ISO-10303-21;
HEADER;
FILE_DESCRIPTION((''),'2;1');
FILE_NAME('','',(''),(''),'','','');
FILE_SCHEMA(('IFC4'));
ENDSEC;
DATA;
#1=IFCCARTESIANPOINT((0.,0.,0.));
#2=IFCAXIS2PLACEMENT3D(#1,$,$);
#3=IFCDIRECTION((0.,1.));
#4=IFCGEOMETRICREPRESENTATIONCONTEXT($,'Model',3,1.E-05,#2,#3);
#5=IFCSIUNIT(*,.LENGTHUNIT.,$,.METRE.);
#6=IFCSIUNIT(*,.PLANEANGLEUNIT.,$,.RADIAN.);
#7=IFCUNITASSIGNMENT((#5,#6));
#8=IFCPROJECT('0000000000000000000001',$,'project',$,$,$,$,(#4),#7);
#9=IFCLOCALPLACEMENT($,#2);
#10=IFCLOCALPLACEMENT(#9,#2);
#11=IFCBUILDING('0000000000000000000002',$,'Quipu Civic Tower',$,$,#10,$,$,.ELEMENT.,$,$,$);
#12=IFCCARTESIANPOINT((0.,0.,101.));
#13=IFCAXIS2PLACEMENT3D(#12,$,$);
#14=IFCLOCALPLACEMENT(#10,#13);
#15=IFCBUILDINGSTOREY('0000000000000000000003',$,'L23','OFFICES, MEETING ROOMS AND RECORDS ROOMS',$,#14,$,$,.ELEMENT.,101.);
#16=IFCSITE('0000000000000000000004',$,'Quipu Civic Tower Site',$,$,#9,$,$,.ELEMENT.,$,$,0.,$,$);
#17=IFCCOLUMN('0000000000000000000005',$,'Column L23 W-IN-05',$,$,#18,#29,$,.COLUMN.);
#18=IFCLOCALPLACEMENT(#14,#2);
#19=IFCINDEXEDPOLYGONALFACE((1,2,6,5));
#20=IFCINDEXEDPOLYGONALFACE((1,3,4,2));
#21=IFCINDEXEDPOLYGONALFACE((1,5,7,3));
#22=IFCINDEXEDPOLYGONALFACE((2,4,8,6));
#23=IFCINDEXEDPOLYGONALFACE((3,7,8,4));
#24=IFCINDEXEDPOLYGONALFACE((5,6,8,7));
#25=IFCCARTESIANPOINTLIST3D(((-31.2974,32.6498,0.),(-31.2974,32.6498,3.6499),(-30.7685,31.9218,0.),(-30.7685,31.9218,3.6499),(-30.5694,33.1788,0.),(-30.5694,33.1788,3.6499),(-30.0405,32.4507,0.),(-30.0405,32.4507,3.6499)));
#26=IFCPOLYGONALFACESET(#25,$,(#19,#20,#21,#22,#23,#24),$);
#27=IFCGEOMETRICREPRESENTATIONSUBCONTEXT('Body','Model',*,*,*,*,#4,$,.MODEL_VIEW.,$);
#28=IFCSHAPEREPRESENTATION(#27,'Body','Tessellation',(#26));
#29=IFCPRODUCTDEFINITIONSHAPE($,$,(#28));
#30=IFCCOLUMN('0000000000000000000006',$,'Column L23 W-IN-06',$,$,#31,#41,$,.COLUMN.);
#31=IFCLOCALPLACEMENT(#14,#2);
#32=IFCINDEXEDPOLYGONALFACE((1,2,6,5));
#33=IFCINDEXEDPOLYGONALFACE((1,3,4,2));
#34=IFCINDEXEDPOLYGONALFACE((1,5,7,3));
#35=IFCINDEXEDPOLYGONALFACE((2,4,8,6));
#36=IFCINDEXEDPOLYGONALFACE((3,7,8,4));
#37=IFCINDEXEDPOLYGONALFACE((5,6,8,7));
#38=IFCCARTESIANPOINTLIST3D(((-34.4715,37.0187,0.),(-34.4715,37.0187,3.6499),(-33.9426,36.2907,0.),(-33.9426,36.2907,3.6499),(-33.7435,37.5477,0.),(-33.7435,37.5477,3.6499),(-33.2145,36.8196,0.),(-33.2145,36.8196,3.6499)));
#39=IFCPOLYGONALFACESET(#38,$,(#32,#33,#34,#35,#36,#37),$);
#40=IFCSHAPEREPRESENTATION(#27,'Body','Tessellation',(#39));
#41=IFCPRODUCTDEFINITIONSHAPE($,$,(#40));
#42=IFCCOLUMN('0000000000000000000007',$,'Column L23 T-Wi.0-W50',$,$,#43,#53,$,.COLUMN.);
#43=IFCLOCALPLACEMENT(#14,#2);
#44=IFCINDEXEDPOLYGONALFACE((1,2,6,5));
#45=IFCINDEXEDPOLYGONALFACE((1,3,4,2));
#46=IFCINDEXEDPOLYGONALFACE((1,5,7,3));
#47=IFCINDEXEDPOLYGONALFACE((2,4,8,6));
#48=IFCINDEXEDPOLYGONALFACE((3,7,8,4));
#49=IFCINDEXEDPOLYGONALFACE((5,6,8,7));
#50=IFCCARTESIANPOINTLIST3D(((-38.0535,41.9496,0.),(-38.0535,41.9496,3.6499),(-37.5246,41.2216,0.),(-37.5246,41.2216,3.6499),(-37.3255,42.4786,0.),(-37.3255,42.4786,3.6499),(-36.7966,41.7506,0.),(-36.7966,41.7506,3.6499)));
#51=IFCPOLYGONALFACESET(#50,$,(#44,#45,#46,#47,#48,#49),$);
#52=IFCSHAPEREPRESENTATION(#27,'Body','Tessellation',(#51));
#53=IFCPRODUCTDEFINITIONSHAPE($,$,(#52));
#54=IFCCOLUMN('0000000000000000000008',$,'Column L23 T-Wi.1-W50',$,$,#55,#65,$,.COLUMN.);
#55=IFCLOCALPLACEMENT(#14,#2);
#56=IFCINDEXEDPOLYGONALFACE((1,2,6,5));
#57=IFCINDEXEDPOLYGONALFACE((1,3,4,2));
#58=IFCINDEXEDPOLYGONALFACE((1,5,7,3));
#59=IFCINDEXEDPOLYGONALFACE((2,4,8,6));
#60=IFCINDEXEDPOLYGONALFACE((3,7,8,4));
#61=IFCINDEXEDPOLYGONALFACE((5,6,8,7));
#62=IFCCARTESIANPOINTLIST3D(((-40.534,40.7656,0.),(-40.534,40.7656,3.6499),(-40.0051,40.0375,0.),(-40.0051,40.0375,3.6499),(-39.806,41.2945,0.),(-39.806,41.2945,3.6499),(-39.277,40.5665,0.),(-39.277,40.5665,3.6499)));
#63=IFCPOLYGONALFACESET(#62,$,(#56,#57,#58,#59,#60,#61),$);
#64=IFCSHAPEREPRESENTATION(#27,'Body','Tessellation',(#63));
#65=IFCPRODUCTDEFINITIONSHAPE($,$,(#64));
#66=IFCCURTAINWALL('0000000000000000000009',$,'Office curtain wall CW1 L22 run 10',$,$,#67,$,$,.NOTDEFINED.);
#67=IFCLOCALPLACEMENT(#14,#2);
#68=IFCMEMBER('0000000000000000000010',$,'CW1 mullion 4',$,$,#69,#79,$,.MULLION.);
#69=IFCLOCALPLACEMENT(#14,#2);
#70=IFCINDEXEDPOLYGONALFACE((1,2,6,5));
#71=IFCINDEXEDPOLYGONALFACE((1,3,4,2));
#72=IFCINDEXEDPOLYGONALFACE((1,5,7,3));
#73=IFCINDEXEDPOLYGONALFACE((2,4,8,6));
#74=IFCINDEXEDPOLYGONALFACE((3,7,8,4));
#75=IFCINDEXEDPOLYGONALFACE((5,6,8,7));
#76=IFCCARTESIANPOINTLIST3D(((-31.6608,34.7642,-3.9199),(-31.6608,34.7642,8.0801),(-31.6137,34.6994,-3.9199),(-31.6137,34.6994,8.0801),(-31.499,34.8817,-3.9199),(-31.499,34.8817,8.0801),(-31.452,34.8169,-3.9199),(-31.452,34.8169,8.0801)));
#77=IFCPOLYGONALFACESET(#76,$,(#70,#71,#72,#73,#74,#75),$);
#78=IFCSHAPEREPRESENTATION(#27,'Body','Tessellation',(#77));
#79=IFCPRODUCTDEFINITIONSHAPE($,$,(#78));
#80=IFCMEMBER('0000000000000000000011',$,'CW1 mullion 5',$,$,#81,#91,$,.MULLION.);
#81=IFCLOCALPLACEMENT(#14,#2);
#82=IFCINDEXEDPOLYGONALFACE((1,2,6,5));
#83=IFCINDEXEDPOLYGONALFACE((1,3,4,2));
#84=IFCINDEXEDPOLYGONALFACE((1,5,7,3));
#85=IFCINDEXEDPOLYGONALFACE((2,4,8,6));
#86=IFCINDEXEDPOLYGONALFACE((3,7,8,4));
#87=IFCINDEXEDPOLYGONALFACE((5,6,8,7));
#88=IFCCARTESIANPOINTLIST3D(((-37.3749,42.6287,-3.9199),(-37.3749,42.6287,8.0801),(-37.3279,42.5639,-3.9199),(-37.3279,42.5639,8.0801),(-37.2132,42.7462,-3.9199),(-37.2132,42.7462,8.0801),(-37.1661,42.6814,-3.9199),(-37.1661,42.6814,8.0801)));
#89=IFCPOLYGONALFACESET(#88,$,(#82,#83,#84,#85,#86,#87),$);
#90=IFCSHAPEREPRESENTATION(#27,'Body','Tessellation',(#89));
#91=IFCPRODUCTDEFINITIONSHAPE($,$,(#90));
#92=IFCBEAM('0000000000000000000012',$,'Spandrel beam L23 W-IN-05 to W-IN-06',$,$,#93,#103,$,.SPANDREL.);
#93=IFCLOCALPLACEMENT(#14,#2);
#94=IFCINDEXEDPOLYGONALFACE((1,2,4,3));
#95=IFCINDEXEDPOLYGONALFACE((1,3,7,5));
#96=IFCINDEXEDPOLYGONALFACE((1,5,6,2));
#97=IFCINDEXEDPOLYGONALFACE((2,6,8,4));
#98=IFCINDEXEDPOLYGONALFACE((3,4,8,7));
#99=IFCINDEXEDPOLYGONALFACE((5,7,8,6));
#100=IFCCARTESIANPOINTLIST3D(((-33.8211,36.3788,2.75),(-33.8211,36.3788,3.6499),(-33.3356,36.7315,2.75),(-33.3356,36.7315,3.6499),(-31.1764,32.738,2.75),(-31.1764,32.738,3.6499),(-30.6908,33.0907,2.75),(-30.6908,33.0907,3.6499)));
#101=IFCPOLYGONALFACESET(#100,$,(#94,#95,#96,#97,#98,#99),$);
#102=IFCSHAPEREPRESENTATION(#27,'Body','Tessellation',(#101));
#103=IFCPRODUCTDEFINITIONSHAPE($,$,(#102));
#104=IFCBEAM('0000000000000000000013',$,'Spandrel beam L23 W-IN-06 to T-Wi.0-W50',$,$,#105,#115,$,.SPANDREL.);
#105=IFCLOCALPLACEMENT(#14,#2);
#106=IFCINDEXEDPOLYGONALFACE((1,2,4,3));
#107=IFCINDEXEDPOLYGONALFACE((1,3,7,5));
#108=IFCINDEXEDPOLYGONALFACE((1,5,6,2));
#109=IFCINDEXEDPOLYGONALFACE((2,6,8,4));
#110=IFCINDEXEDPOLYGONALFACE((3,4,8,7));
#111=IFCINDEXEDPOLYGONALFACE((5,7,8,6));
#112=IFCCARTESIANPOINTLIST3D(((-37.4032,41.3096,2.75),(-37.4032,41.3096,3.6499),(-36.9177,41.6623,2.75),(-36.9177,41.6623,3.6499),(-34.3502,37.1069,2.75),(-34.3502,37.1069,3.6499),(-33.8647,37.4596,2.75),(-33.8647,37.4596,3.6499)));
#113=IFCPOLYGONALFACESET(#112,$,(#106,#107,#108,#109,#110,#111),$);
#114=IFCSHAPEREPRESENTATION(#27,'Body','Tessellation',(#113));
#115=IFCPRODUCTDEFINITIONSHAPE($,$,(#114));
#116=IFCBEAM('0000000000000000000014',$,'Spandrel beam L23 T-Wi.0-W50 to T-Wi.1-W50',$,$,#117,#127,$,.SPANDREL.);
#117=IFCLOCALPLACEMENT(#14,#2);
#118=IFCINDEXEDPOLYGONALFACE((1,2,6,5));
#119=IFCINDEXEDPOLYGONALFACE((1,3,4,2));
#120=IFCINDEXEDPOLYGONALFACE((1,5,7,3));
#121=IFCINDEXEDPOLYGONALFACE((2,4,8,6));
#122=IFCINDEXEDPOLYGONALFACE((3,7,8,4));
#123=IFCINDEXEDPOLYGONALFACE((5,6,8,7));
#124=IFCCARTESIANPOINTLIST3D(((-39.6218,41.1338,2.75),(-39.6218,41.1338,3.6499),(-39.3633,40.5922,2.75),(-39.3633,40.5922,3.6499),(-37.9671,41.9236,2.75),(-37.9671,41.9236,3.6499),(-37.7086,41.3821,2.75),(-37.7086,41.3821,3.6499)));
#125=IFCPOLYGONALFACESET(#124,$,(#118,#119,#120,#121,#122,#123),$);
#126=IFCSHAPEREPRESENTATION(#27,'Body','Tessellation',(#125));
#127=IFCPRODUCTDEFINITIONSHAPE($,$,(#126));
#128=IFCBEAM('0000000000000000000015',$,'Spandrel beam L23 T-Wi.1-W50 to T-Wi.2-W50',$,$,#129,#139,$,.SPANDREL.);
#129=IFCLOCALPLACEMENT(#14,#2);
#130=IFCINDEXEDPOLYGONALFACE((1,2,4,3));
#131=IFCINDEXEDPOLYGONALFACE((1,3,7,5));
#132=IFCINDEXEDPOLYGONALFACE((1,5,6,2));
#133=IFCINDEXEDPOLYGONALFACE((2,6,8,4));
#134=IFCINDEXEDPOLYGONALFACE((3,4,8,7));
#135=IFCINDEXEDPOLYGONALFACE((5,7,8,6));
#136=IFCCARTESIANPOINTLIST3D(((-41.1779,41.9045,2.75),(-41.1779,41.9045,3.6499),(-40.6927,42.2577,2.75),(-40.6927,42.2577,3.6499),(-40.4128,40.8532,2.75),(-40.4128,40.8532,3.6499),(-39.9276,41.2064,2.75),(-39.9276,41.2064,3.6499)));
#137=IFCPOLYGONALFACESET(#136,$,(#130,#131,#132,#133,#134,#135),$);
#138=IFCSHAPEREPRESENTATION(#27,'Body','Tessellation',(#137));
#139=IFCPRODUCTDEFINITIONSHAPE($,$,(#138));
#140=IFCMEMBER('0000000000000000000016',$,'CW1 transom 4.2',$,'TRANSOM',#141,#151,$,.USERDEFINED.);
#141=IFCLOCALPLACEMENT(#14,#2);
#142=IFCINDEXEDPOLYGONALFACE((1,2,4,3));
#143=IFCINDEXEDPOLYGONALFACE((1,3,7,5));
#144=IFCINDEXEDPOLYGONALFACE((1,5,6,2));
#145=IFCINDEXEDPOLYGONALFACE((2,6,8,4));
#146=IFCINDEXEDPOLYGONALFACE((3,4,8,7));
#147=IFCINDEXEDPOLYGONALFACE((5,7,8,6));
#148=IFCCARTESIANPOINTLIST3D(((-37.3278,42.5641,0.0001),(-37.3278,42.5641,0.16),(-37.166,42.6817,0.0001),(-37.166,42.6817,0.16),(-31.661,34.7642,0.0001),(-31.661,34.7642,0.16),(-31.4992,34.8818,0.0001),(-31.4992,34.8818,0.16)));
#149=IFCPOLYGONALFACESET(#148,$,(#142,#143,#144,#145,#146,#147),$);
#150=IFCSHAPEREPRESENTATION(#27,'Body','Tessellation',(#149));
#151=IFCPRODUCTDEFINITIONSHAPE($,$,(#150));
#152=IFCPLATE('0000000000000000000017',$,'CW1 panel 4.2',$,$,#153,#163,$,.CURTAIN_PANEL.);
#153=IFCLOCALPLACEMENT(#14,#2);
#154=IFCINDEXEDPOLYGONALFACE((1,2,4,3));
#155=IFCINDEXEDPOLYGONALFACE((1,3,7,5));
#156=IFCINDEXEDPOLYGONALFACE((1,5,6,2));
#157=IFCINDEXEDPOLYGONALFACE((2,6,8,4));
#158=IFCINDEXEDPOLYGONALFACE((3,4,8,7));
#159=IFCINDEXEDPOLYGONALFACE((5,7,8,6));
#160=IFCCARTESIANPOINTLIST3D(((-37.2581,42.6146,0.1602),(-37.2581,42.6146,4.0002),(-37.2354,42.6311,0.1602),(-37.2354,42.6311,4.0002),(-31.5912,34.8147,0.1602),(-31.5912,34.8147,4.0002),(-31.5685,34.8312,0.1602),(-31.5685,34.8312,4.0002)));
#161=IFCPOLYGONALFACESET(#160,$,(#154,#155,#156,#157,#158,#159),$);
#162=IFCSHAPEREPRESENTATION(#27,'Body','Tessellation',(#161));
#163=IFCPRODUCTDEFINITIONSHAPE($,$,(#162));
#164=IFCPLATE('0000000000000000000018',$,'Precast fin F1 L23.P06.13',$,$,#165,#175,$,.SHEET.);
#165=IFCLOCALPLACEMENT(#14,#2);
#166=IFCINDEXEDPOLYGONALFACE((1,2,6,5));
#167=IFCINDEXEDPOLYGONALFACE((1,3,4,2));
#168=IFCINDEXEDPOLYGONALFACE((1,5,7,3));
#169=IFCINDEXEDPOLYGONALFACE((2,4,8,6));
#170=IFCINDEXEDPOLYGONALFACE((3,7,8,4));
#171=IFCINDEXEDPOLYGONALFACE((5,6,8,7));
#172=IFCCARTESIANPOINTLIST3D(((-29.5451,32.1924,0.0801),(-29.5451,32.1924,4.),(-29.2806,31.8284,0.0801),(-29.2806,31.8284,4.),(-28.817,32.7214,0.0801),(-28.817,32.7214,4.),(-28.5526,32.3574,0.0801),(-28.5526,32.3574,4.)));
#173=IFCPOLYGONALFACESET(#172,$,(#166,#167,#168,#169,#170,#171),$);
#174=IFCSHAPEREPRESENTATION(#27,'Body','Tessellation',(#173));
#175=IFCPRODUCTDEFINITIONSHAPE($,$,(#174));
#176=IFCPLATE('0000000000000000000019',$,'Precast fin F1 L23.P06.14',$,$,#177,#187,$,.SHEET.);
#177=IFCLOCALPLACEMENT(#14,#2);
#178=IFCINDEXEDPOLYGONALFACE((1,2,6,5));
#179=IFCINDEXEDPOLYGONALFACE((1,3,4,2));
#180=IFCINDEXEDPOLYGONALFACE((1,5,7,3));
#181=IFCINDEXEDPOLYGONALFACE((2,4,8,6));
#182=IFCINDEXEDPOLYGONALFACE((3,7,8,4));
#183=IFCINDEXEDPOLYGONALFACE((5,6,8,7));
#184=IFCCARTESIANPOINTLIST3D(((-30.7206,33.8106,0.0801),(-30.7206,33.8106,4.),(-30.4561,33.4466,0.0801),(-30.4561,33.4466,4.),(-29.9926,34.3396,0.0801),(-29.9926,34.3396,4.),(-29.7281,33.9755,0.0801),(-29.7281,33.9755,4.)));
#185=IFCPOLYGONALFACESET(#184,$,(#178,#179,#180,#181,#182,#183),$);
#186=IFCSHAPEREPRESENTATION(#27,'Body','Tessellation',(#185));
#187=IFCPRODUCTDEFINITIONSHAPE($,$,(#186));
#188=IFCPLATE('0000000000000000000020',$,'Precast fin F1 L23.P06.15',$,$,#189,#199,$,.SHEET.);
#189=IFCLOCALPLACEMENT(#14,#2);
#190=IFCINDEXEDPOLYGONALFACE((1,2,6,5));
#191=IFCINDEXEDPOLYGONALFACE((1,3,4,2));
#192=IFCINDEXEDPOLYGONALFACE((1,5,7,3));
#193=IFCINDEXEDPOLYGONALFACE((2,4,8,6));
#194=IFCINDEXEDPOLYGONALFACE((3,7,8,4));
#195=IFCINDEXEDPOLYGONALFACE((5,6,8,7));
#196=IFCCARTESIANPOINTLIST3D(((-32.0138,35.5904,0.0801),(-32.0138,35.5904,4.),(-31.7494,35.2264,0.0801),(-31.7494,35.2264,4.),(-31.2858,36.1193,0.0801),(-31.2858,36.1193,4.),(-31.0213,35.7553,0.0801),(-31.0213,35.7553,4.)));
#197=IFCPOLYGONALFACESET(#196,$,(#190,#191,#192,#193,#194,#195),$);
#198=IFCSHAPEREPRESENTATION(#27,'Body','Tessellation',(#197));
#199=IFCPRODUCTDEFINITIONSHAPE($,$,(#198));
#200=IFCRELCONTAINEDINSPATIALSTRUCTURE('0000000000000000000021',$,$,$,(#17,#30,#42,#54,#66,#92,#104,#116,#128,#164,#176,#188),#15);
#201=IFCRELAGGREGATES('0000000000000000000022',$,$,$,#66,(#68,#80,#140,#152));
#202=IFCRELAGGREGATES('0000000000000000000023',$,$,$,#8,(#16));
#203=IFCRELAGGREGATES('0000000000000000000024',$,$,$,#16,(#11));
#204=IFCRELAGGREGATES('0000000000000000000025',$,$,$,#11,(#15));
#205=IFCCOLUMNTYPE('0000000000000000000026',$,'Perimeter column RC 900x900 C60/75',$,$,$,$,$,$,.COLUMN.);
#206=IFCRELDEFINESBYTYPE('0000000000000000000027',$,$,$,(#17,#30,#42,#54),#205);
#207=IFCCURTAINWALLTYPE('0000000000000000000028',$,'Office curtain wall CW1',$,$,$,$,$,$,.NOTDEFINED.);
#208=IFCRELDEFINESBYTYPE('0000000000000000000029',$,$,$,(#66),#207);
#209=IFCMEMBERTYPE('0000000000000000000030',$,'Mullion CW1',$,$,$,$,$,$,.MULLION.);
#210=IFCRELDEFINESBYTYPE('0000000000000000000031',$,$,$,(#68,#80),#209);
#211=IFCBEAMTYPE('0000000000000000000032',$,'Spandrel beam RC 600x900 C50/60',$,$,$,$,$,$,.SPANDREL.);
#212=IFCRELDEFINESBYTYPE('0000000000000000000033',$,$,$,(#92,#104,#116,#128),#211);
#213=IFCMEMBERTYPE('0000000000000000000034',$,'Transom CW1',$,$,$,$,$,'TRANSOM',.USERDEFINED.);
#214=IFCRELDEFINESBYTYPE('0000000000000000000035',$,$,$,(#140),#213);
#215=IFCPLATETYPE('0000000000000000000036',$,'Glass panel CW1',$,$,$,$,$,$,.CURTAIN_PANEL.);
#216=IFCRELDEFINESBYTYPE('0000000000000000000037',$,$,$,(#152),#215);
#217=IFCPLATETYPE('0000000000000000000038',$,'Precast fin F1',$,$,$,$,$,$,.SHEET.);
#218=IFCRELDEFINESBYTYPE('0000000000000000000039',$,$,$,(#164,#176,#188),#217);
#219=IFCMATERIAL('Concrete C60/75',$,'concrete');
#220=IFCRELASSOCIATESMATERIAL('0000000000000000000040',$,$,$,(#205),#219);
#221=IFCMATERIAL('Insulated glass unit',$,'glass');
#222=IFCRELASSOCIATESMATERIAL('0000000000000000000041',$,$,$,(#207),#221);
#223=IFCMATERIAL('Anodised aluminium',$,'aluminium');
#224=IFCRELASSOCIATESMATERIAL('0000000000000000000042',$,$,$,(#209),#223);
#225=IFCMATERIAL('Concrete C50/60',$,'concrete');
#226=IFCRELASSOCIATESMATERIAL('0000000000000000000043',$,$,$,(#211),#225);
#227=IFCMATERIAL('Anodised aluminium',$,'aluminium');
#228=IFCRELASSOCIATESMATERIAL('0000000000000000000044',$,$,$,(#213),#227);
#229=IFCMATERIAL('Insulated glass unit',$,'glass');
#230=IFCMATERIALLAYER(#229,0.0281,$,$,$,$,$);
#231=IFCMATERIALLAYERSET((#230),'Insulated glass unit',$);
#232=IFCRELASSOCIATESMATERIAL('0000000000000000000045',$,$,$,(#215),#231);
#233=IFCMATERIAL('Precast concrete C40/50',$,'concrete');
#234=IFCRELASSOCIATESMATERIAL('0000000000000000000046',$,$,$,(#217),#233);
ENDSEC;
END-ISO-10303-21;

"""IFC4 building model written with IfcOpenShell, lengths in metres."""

from ifc_helpers import new_model, si_unit, direction, frame, origin, origin_2d, place, context, subcontext, project, spatial, rectangle, extrude, material, layer, layer_set, material_profile, profile_set, type_object, element, aggregate, save


model = new_model("IFC4")

# Units and contexts
model_context = context("Model", 3, precision=1e-05, world=origin(), true_north=direction((0.0, 1.0)))
body_context = subcontext(model_context, "Body", "Model", "MODEL_VIEW")
ifc_project = project(units=[si_unit("LENGTHUNIT", "METRE"), si_unit("PLANEANGLEUNIT", "RADIAN")], contexts=[model_context])

# Site, building, storey
site_placement = place(None, origin())
site = spatial("IfcSite", under=ifc_project, at=site_placement, Name="Quipu Civic Tower Site", CompositionType="ELEMENT", RefElevation=0.0)
building_placement = place(site_placement, origin())
building = spatial("IfcBuilding", under=site, at=building_placement, Name="Quipu Civic Tower", CompositionType="ELEMENT")
storey_placement = place(building_placement, frame((0.0, 0.0, 101.0)))
storey = spatial("IfcBuildingStorey", under=building, at=storey_placement, Name="L23", Description="OFFICES, MEETING ROOMS AND RECORDS ROOMS", CompositionType="ELEMENT", Elevation=101.0)

# Columns
ifc_material_1 = material(Name="Concrete C60/75", Category="concrete")
ifc_material_profile_1 = material_profile(ifc_material_1, rectangle(XDim=0.8999, YDim=0.8999, at=origin_2d()), Name="RC900x900")
ifc_profile_set_1 = profile_set([ifc_material_profile_1], Name="Concrete C60/75")
column_type = type_object("IfcColumnType", Name="Perimeter column RC 900x900 C60/75", PredefinedType="COLUMN", material=ifc_profile_set_1)
for number, where, z_axis, x_axis, name in (
    (1, (-30.6689, 32.5503, 0.0), (0.0, 0.0, 1.0), (-0.587785, 0.809017, 0.0), "Column L23 W-IN-05"),
    (2, (-33.843, 36.9192, 0.0), (0.0, 0.0, 1.0), (-0.587785, 0.809017, 0.0), "Column L23 W-IN-06"),
    (3, (-37.425, 41.8501, 0.0), (0.0, 0.0, 1.0), (-0.587785, 0.809017, 0.0), "Column L23 T-Wi.0-W50"),
    (4, (-39.9055, 40.666, 0.0), (0.0, 0.0, 1.0), (-0.587785, 0.809017, 0.0), "Column L23 T-Wi.1-W50"),
):
    element("IfcColumn", number, at=place(storey_placement, frame(where, z_axis=z_axis, x_axis=x_axis)), inside=storey, type_object=column_type, Name=name, PredefinedType="COLUMN", context=body_context, shape_type="SweptSolid", body=[
        extrude(rectangle(XDim=0.8999, YDim=0.8999, at=origin_2d()), origin(), (0.0, 0.0, 1.0), 3.6499),
    ])

# Curtain wall, members
ifc_material_2 = material(Name="Insulated glass unit", Category="glass")
curtain_wall_type = type_object("IfcCurtainWallType", Name="Office curtain wall CW1", PredefinedType="NOTDEFINED", material=ifc_material_2)
curtain_wall_placement = place(storey_placement, origin())
curtain_wall = element("IfcCurtainWall", 5, at=curtain_wall_placement, inside=storey, type_object=curtain_wall_type, Name="Office curtain wall CW1 L22 run 10", PredefinedType="NOTDEFINED")
ifc_material_3 = material(Name="Anodised aluminium", Category="aluminium")
ifc_material_profile_2 = material_profile(ifc_material_3, rectangle(XDim=0.2, YDim=0.0801, at=origin_2d()), Name="RECT 200x80")
ifc_profile_set_2 = profile_set([ifc_material_profile_2], Name="Anodised aluminium")
member_type_1 = type_object("IfcMemberType", Name="Mullion CW1", PredefinedType="MULLION", material=ifc_profile_set_2)
member_1_placement = place(storey_placement, frame((-31.5564, 34.7905, -3.9199), z_axis=(0.0, 0.0, 1.0), x_axis=(-0.809017, -0.587786, 0.0)))
member_1 = element("IfcMember", 6, at=member_1_placement, type_object=member_type_1, Name="CW1 mullion 4", PredefinedType="MULLION", context=body_context, shape_type="SweptSolid", body=[
    extrude(rectangle(XDim=0.2, YDim=0.0801, at=origin_2d()), origin(), (0.0, 0.0, 1.0), 12.0),
])
member_2_placement = place(storey_placement, frame((-37.2705, 42.655, -3.9199), z_axis=(0.0, 0.0, 1.0), x_axis=(-0.809017, -0.587786, 0.0)))
member_2 = element("IfcMember", 7, at=member_2_placement, type_object=member_type_1, Name="CW1 mullion 5", PredefinedType="MULLION", context=body_context, shape_type="SweptSolid", body=[
    extrude(rectangle(XDim=0.2, YDim=0.0801, at=origin_2d()), origin(), (0.0, 0.0, 1.0), 12.0),
])

# Beams
ifc_material_4 = material(Name="Concrete C50/60", Category="concrete")
ifc_material_profile_3 = material_profile(ifc_material_4, rectangle(XDim=0.6001, YDim=0.8999, at=origin_2d()), Name="RC600x900")
ifc_profile_set_3 = profile_set([ifc_material_profile_3], Name="Concrete C50/60")
beam_type = type_object("IfcBeamType", Name="Spandrel beam RC 600x900 C50/60", PredefinedType="SPANDREL", material=ifc_profile_set_3)
beam_1_placement = place(storey_placement, frame((-30.9336, 32.9143, 3.2), z_axis=(-0.587717, 0.809067, 0.0), x_axis=(-0.809067, -0.587717, 0.0)))
element("IfcBeam", 8, at=beam_1_placement, inside=storey, type_object=beam_type, Name="Spandrel beam L23 W-IN-05 to W-IN-06", PredefinedType="SPANDREL", context=body_context, shape_type="SweptSolid", body=[
    extrude(rectangle(XDim=0.6001, YDim=0.8999, at=origin_2d()), origin(), (0.0, 0.0, 1.0), 4.5),
])
beam_2_placement = place(storey_placement, frame((-34.1074, 37.2832, 3.2), z_axis=(-0.587733, 0.809055, 0.0), x_axis=(-0.809055, -0.587733, 0.0)))
element("IfcBeam", 9, at=beam_2_placement, inside=storey, type_object=beam_type, Name="Spandrel beam L23 W-IN-06 to T-Wi.0-W50", PredefinedType="SPANDREL", context=body_context, shape_type="SweptSolid", body=[
    extrude(rectangle(XDim=0.6001, YDim=0.8999, at=origin_2d()), origin(), (0.0, 0.0, 1.0), 5.1946),
])
beam_3_placement = place(storey_placement, frame((-37.8379, 41.6528, 3.2), z_axis=(-0.902454, -0.430786, 0.0), x_axis=(0.430786, -0.902454, 0.0)))
element("IfcBeam", 10, at=beam_3_placement, inside=storey, type_object=beam_type, Name="Spandrel beam L23 T-Wi.0-W50 to T-Wi.1-W50", PredefinedType="SPANDREL", context=body_context, shape_type="SweptSolid", body=[
    extrude(rectangle(XDim=0.6001, YDim=0.8999, at=origin_2d()), origin(), (0.0, 0.0, 1.0), 1.8335),
])
beam_4_placement = place(storey_placement, frame((-40.1702, 41.0298, 3.2), z_axis=(-0.588462, 0.808525, 0.0), x_axis=(-0.808525, -0.588462, 0.0)))
element("IfcBeam", 11, at=beam_4_placement, inside=storey, type_object=beam_type, Name="Spandrel beam L23 T-Wi.1-W50 to T-Wi.2-W50", PredefinedType="SPANDREL", context=body_context, shape_type="SweptSolid", body=[
    extrude(rectangle(XDim=0.6001, YDim=0.8999, at=origin_2d()), origin(), (0.0, 0.0, 1.0), 1.3003),
])

# Member
ifc_material_5 = material(Name="Anodised aluminium", Category="aluminium")
ifc_material_profile_4 = material_profile(ifc_material_5, rectangle(XDim=0.2, YDim=0.1599, at=origin_2d()), Name="RECT 200x160")
ifc_profile_set_4 = profile_set([ifc_material_profile_4], Name="Anodised aluminium")
member_type_2 = type_object("IfcMemberType", Name="Transom CW1", ElementType="TRANSOM", PredefinedType="USERDEFINED", material=ifc_profile_set_4)
member_3_placement = place(storey_placement, frame((-31.5801, 34.823, 0.0801), z_axis=(-0.587776, 0.809024, 0.0), x_axis=(-0.809024, -0.587776, 0.0)))
member_3 = element("IfcMember", 12, at=member_3_placement, type_object=member_type_2, Name="CW1 transom 4.2", ObjectType="TRANSOM", PredefinedType="USERDEFINED", context=body_context, shape_type="SweptSolid", body=[
    extrude(rectangle(XDim=0.2, YDim=0.1599, at=origin_2d()), origin(), (0.0, 0.0, 1.0), 9.6411),
])

# Plate
ifc_material_6 = material(Name="Insulated glass unit", Category="glass")
ifc_layer_1 = layer(ifc_material_6, 0.0281)
ifc_layer_set_1 = layer_set([ifc_layer_1], Name="Insulated glass unit")
plate_type_1 = type_object("IfcPlateType", Name="Glass panel CW1", PredefinedType="CURTAIN_PANEL", material=ifc_layer_set_1)
plate_placement = place(storey_placement, frame((-34.4133, 38.7229, 0.1602), z_axis=(0.0, 0.0, 1.0), x_axis=(-0.587786, 0.809017, 0.0)))
plate = element("IfcPlate", 13, at=plate_placement, type_object=plate_type_1, Name="CW1 panel 4.2", PredefinedType="CURTAIN_PANEL", context=body_context, shape_type="SweptSolid", body=[
    extrude(rectangle(XDim=9.6411, YDim=0.0281, at=origin_2d()), origin(), (0.0, 0.0, 1.0), 3.8401),
])
aggregate(curtain_wall, [member_1, member_2, member_3, plate])

# Plates
ifc_material_7 = material(Name="Precast concrete C40/50", Category="concrete")
plate_type_2 = type_object("IfcPlateType", Name="Precast fin F1", PredefinedType="SHEET", material=ifc_material_7)
for number, where, z_axis, x_axis, name in (
    (14, (-29.0488, 32.2749, 0.0801), (0.0, 0.0, 1.0), (-0.587785, 0.809017, 0.0), "Precast fin F1 L23.P06.13"),
    (15, (-30.2244, 33.8931, 0.0801), (0.0, 0.0, 1.0), (-0.587785, 0.809017, 0.0), "Precast fin F1 L23.P06.14"),
    (16, (-31.5176, 35.6729, 0.0801), (0.0, 0.0, 1.0), (-0.587785, 0.809017, 0.0), "Precast fin F1 L23.P06.15"),
):
    element("IfcPlate", number, at=place(storey_placement, frame(where, z_axis=z_axis, x_axis=x_axis)), inside=storey, type_object=plate_type_2, Name=name, PredefinedType="SHEET", context=body_context, shape_type="SweptSolid", body=[
        extrude(rectangle(XDim=0.45, YDim=0.8999, at=origin_2d()), origin(), (0.0, 0.0, 1.0), 3.9199),
    ])

save(model, "model.ifc")
